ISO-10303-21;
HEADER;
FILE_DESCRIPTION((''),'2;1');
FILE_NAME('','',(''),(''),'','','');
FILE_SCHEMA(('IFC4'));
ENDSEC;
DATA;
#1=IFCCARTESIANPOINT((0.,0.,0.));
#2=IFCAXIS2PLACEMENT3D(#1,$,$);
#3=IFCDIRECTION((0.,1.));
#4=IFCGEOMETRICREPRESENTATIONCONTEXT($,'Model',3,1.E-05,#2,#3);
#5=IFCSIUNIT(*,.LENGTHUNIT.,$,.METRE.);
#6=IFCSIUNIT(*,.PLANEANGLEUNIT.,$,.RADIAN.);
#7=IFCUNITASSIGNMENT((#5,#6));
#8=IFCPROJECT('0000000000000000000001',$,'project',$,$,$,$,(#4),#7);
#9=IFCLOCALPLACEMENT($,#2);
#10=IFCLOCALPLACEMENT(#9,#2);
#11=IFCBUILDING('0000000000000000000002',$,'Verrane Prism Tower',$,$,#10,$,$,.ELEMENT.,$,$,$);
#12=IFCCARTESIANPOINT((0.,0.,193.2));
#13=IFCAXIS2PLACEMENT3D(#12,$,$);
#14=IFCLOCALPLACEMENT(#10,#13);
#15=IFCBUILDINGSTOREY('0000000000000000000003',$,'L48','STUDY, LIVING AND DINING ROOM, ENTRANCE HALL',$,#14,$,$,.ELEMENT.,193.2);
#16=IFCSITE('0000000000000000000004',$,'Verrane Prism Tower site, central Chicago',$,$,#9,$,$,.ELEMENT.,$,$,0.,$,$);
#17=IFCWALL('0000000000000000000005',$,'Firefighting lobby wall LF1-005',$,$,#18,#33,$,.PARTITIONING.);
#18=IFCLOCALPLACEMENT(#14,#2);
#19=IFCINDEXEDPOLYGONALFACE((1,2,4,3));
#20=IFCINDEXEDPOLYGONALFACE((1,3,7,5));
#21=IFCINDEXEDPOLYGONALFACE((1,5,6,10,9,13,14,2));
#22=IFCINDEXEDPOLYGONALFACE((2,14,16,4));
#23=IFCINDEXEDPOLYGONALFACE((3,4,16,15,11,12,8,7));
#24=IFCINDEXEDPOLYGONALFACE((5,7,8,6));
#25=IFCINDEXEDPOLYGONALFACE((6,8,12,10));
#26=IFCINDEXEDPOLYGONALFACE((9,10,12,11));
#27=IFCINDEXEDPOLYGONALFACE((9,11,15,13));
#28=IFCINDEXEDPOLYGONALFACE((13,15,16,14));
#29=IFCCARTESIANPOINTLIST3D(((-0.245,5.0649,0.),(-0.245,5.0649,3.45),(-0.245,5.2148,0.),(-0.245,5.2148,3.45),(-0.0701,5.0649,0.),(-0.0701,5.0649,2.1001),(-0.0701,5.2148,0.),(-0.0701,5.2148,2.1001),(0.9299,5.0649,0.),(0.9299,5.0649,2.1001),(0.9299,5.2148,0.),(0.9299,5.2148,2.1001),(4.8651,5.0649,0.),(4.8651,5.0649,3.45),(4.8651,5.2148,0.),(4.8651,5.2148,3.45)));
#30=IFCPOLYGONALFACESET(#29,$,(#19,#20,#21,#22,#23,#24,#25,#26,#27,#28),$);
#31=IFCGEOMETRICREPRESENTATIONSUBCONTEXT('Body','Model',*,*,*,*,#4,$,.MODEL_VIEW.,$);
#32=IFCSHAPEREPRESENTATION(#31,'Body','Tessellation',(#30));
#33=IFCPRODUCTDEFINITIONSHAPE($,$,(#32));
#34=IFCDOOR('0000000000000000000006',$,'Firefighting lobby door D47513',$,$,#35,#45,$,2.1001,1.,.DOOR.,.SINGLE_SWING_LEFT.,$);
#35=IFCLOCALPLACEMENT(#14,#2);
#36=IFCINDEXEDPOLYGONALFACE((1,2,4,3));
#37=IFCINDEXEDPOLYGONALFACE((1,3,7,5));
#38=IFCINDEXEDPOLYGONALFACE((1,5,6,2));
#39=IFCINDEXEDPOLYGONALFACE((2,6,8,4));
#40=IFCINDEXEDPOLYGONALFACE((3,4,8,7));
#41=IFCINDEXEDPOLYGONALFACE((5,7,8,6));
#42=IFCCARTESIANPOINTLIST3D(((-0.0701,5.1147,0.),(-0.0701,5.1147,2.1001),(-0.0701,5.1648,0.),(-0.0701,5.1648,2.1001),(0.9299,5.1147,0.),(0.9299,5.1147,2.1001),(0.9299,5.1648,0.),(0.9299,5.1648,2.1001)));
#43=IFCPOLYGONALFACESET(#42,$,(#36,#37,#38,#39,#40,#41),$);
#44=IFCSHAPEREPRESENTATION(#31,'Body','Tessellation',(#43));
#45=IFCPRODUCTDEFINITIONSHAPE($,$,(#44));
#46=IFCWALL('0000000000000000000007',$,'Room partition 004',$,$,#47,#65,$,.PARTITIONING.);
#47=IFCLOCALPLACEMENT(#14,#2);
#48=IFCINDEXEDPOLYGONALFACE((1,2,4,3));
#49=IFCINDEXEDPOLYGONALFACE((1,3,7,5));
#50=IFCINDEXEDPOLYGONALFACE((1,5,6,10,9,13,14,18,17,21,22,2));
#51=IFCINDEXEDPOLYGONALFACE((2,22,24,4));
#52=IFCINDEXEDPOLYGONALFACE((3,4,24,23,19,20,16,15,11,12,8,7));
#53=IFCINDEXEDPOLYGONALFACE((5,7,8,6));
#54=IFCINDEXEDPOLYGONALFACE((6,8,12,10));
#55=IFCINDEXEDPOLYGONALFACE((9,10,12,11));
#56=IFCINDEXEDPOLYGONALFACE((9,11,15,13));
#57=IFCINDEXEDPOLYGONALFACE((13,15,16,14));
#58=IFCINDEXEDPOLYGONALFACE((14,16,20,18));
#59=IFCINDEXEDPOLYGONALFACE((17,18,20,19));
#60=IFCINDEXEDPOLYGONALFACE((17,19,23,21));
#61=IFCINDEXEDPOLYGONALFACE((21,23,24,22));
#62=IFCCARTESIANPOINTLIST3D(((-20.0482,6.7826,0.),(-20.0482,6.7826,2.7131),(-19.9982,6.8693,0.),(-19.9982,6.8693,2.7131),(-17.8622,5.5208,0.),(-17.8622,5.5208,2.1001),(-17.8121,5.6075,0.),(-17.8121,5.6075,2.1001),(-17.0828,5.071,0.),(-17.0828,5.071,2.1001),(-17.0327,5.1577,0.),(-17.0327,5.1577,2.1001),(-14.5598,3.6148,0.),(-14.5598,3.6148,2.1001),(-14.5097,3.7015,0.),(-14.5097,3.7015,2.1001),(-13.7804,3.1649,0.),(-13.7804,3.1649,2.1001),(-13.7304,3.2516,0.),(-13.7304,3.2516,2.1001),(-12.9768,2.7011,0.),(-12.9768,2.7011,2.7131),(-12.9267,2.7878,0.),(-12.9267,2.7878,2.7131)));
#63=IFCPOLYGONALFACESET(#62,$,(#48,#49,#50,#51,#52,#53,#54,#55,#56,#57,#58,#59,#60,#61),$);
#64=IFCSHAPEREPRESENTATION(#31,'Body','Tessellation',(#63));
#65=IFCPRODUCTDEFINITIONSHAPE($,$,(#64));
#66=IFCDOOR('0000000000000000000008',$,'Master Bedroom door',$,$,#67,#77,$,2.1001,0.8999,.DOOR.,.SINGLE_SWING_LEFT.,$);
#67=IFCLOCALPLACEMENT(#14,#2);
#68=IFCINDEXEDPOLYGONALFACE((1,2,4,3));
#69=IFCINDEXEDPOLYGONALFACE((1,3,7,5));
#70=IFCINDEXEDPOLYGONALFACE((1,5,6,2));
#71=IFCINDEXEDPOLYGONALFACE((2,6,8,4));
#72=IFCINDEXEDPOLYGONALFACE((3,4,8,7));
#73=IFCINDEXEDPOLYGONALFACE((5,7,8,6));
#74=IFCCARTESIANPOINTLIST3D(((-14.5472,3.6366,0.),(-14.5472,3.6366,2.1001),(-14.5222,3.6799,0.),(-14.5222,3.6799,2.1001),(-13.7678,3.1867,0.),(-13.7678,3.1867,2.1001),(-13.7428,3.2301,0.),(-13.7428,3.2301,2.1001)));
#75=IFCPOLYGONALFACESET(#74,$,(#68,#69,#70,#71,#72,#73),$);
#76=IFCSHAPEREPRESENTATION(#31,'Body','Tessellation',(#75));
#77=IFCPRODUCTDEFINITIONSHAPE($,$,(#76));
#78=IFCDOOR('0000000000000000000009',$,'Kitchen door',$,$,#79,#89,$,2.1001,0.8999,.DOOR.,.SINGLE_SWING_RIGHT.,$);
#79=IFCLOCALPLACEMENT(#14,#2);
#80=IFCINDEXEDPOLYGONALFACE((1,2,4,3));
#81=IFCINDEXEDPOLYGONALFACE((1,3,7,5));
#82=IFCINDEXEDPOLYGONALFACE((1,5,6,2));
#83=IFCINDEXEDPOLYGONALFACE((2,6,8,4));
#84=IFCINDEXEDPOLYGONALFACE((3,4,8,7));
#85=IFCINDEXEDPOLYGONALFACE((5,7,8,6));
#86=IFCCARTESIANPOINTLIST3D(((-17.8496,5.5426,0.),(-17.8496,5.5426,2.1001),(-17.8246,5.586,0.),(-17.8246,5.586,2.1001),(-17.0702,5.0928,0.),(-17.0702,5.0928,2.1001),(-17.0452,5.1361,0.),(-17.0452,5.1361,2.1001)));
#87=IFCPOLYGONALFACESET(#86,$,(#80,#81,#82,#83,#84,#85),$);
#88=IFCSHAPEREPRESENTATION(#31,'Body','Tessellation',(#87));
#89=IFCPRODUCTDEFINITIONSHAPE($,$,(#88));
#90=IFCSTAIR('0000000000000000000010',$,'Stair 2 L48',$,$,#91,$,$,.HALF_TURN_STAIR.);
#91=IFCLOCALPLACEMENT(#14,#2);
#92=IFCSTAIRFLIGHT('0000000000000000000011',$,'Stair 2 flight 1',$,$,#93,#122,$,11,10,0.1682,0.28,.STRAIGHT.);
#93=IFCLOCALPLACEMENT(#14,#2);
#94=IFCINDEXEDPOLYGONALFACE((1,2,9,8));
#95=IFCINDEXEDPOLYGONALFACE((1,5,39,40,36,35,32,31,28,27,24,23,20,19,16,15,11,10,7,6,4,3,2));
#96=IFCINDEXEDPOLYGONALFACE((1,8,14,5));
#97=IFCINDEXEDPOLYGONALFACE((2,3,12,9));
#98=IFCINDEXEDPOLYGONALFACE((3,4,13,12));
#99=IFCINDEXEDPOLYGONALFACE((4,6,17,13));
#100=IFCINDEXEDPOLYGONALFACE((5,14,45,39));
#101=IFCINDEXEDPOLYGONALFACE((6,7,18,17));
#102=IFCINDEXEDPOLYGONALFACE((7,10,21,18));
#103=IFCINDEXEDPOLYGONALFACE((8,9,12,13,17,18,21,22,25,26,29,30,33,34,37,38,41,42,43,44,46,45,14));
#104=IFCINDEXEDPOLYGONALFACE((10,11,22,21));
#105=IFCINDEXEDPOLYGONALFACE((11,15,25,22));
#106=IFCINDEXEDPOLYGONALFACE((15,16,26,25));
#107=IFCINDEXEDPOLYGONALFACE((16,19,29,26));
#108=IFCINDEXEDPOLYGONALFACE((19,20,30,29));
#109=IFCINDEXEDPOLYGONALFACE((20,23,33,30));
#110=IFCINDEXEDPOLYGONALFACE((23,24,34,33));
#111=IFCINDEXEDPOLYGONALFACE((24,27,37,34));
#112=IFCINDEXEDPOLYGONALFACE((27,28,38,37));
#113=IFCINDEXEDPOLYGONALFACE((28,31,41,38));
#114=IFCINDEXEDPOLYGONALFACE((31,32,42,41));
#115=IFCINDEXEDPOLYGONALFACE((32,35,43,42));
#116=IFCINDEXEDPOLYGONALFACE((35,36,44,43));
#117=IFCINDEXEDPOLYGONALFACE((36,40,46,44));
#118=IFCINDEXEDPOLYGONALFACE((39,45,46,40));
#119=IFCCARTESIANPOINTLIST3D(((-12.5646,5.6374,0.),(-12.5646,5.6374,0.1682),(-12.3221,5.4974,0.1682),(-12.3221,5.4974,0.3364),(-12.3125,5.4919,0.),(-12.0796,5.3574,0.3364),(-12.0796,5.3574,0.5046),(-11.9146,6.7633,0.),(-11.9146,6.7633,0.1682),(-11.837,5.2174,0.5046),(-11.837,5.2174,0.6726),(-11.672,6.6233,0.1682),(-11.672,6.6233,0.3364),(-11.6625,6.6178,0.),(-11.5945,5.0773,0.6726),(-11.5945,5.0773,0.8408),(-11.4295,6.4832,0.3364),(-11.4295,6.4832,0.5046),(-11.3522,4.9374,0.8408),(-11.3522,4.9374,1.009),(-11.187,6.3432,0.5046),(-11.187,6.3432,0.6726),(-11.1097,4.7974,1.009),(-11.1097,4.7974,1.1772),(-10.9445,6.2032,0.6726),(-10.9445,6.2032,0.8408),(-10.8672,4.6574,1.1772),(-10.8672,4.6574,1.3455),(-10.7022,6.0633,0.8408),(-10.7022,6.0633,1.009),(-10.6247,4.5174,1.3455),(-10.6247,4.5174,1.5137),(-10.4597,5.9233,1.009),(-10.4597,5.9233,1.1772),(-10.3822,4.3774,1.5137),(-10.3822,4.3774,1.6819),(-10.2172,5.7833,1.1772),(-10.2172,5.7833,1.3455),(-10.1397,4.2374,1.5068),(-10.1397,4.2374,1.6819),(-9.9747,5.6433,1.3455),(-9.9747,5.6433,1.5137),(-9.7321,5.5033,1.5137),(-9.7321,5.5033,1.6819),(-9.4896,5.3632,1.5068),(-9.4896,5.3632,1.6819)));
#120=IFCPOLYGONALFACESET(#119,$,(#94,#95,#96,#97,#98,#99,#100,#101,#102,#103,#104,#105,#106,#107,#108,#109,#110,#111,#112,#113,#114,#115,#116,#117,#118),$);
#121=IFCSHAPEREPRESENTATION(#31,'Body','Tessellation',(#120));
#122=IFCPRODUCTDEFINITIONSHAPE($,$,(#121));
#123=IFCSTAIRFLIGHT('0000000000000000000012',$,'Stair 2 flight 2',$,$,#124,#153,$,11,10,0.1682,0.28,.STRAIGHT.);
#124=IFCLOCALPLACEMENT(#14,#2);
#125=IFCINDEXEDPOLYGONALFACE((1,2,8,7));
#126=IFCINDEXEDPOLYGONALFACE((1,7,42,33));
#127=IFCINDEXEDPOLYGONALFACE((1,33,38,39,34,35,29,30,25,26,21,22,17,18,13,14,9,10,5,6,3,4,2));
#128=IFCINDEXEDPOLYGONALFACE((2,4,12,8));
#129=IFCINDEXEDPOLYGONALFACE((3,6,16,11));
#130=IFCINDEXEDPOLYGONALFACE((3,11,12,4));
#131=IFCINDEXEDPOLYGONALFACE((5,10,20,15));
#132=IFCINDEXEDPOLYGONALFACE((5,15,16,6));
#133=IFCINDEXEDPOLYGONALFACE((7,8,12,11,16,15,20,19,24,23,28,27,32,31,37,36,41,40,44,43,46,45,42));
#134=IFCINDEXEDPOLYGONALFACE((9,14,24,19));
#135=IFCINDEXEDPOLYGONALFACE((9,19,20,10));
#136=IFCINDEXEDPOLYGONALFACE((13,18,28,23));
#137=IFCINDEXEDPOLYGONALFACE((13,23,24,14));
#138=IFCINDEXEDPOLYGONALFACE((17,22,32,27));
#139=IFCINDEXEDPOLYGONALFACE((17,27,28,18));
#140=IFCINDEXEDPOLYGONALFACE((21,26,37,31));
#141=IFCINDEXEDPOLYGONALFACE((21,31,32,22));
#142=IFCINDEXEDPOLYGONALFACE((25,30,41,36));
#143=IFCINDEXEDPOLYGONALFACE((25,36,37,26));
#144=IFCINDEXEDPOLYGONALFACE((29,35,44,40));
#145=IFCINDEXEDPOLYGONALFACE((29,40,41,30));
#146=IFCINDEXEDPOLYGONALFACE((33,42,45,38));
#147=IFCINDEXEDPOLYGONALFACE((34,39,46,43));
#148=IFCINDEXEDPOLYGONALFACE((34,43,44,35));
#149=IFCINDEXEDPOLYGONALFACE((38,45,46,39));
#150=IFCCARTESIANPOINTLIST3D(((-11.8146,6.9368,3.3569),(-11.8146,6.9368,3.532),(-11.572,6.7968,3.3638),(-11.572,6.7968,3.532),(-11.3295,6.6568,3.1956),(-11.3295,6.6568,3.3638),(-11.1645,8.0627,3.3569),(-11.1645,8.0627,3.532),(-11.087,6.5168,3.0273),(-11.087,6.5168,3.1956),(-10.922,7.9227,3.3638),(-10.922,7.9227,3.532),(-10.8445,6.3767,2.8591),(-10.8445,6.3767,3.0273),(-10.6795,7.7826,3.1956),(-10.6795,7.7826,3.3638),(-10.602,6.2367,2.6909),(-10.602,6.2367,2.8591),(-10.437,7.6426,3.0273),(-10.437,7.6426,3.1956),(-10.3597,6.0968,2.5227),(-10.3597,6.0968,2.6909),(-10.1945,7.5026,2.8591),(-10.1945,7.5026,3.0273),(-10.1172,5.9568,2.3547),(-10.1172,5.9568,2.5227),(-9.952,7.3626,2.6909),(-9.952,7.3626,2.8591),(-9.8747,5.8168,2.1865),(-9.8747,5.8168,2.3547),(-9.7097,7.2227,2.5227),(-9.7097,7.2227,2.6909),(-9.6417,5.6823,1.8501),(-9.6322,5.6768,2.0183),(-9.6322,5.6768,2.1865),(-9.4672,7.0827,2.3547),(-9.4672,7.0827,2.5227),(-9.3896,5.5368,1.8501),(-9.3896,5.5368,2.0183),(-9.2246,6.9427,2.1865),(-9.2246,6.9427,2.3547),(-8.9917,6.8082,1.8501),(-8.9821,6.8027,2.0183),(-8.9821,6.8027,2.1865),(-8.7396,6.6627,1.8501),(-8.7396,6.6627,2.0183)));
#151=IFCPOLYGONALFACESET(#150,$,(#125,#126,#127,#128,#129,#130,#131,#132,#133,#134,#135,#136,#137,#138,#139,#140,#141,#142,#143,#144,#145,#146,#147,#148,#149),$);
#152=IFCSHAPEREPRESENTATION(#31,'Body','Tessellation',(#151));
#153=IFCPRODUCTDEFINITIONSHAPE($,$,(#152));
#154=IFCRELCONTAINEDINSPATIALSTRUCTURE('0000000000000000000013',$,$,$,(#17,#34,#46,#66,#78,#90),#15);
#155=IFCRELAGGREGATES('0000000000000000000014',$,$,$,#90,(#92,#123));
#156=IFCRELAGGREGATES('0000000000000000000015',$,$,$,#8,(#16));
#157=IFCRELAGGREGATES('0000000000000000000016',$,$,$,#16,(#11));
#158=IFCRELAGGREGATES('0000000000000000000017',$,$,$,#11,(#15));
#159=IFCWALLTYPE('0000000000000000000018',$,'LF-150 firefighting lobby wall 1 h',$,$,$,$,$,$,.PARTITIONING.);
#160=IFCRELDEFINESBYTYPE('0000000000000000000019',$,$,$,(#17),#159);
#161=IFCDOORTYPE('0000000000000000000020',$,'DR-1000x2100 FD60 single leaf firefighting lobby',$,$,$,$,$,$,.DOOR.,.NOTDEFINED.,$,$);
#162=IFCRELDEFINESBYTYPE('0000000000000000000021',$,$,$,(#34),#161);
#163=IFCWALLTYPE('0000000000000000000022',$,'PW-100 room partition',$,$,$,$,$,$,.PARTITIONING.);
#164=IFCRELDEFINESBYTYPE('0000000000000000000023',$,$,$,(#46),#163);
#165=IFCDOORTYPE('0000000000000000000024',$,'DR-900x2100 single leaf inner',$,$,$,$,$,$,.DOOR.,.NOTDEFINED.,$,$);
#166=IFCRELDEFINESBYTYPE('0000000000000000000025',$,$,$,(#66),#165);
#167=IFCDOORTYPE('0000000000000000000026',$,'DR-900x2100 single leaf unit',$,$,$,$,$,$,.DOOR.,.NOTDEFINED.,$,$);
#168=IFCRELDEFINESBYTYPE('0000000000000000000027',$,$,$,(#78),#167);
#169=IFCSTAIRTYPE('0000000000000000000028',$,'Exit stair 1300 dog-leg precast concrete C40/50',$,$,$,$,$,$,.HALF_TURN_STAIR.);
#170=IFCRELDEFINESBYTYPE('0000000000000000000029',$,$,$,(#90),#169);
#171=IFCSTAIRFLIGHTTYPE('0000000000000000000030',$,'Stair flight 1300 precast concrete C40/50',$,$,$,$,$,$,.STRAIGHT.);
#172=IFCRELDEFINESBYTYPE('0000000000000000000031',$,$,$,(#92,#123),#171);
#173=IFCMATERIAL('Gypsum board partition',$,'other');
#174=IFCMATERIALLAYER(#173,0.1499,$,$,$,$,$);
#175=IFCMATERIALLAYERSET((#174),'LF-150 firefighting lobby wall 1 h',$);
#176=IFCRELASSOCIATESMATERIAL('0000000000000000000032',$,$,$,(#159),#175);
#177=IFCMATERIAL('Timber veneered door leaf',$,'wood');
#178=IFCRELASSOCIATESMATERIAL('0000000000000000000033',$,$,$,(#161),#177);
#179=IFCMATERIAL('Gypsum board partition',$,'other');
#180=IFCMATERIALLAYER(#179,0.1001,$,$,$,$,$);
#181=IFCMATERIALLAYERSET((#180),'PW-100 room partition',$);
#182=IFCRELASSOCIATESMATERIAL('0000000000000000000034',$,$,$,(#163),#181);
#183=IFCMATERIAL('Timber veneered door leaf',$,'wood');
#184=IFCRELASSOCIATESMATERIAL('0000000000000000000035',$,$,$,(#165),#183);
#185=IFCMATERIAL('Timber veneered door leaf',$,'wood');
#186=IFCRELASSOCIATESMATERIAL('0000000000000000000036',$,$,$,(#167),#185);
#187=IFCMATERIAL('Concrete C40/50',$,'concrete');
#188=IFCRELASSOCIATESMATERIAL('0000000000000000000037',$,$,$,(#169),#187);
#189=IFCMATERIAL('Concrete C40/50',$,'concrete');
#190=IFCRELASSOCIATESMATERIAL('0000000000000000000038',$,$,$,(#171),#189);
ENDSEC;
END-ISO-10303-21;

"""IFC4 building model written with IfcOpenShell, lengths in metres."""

from ifc_helpers import new_model, si_unit, direction, frame, frame_2d, origin, place, context, subcontext, project, spatial, polyline, rectangle, outline, extrude, material, layer, layer_set, type_object, element, fill, aggregate, save


model = new_model("IFC4")

# Units and contexts
model_context = context("Model", 3, precision=1e-05, world=origin(), true_north=direction((0.0, 1.0)))
body_context = subcontext(model_context, "Body", "Model", "MODEL_VIEW")
ifc_project = project(units=[si_unit("LENGTHUNIT", "METRE"), si_unit("PLANEANGLEUNIT", "RADIAN")], contexts=[model_context])

# Site, building, storey
site_placement = place(None, origin())
site = spatial("IfcSite", under=ifc_project, at=site_placement, Name="Verrane Prism Tower site, central Chicago", CompositionType="ELEMENT", RefElevation=0.0)
building_placement = place(site_placement, origin())
building = spatial("IfcBuilding", under=site, at=building_placement, Name="Verrane Prism Tower", CompositionType="ELEMENT")
storey_placement = place(building_placement, frame((0.0, 0.0, 193.2)))
storey = spatial("IfcBuildingStorey", under=building, at=storey_placement, Name="L48", Description="STUDY, LIVING AND DINING ROOM, ENTRANCE HALL", CompositionType="ELEMENT", Elevation=193.2)

# Shared definitions
ifc_material_1 = material(Name="Gypsum board partition", Category="other")
ifc_layer_1 = layer(ifc_material_1, 0.1499)
ifc_layer_set_1 = layer_set([ifc_layer_1], Name="LF-150 firefighting lobby wall 1 h")
wall_type_1 = type_object("IfcWallType", Name="LF-150 firefighting lobby wall 1 h", PredefinedType="PARTITIONING", material=ifc_layer_set_1)

# Shared definitions
ifc_material_2 = material(Name="Timber veneered door leaf", Category="wood")
door_type_1 = type_object("IfcDoorType", Name="DR-1000x2100 FD60 single leaf firefighting lobby", OperationType="NOTDEFINED", PredefinedType="DOOR", material=ifc_material_2)

# Wall, opening, door
wall_1_placement = place(storey_placement, frame((-0.2451, 5.1399, 0.0), z_axis=(0.0, 0.0, 1.0), x_axis=(1.0, 0.0, 0.0)))
wall_1 = element("IfcWall", 1, at=wall_1_placement, inside=storey, type_object=wall_type_1, Name="Firefighting lobby wall LF1-005", PredefinedType="PARTITIONING", context=body_context, shape_type="SweptSolid", body=[
    extrude(rectangle(XDim=5.1101, YDim=0.1499, at=frame_2d((2.5552, 0.0))), origin(), (0.0, 0.0, 1.0), 3.45),
])
opening_1_placement = place(wall_1_placement, frame((0.175, 0.0, 0.0)))
opening_1 = element("IfcOpeningElement", 2, at=opening_1_placement, cuts=wall_1, PredefinedType="OPENING", context=body_context, shape_type="SweptSolid", body=[
    extrude(rectangle(XDim=1.0, YDim=2.1001, at=frame_2d((0.5, 1.05))), frame((0.0, 0.085, 0.0), z_axis=(0.0, -1.0, 0.0), x_axis=(1.0, 0.0, 0.0)), (0.0, 0.0, 1.0), 0.1699),
])
door_1_placement = place(opening_1_placement, origin())
door_1 = element("IfcDoor", 3, at=door_1_placement, inside=storey, type_object=door_type_1, Name="Firefighting lobby door D47513", OperationType="SINGLE_SWING_LEFT", OverallHeight=2.1001, OverallWidth=1.0, PredefinedType="DOOR", context=body_context, shape_type="SweptSolid", body=[
    extrude(rectangle(XDim=1.0, YDim=2.1001, at=frame_2d((0.5, 1.05))), frame((0.0, 0.0249, 0.0), z_axis=(0.0, -1.0, 0.0), x_axis=(1.0, 0.0, 0.0)), (0.0, 0.0, 1.0), 0.05),
])
fill(opening_1, door_1)

# Wall, openings, doors
ifc_material_3 = material(Name="Gypsum board partition", Category="other")
ifc_layer_2 = layer(ifc_material_3, 0.1001)
ifc_layer_set_2 = layer_set([ifc_layer_2], Name="PW-100 room partition")
wall_type_2 = type_object("IfcWallType", Name="PW-100 room partition", PredefinedType="PARTITIONING", material=ifc_layer_set_2)
wall_2_placement = place(storey_placement, frame((-12.9517, 2.7444, 0.0), z_axis=(0.0, 0.0, 1.0), x_axis=(-0.866089, 0.499889, 0.0)))
wall_2 = element("IfcWall", 4, at=wall_2_placement, inside=storey, type_object=wall_type_2, Name="Room partition 004", PredefinedType="PARTITIONING", context=body_context, shape_type="SweptSolid", body=[
    extrude(rectangle(XDim=8.1648, YDim=0.1001, at=frame_2d((4.0825, 0.0))), origin(), (0.0, 0.0, 1.0), 2.7131),
])
opening_2_placement = place(wall_2_placement, frame((4.741, 0.0, 0.0)))
opening_2 = element("IfcOpeningElement", 5, at=opening_2_placement, cuts=wall_2, PredefinedType="OPENING", context=body_context, shape_type="SweptSolid", body=[
    extrude(rectangle(XDim=0.8999, YDim=2.1001, at=frame_2d((0.45, 1.05))), frame((0.0, 0.0601, 0.0), z_axis=(0.0, -1.0, 0.0), x_axis=(1.0, 0.0, 0.0)), (0.0, 0.0, 1.0), 0.1201),
])
opening_3_placement = place(wall_2_placement, frame((0.928, 0.0, 0.0)))
opening_3 = element("IfcOpeningElement", 6, at=opening_3_placement, cuts=wall_2, PredefinedType="OPENING", context=body_context, shape_type="SweptSolid", body=[
    extrude(rectangle(XDim=0.8999, YDim=2.1001, at=frame_2d((0.45, 1.05))), frame((0.0, 0.0601, 0.0), z_axis=(0.0, -1.0, 0.0), x_axis=(1.0, 0.0, 0.0)), (0.0, 0.0, 1.0), 0.1201),
])
ifc_material_4 = material(Name="Timber veneered door leaf", Category="wood")
door_type_2 = type_object("IfcDoorType", Name="DR-900x2100 single leaf inner", OperationType="NOTDEFINED", PredefinedType="DOOR", material=ifc_material_4)
door_2_placement = place(opening_3_placement, origin())
door_2 = element("IfcDoor", 7, at=door_2_placement, inside=storey, type_object=door_type_2, Name="Master Bedroom door", OperationType="SINGLE_SWING_LEFT", OverallHeight=2.1001, OverallWidth=0.8999, PredefinedType="DOOR", context=body_context, shape_type="SweptSolid", body=[
    extrude(rectangle(XDim=0.8999, YDim=2.1001, at=frame_2d((0.45, 1.05))), frame((0.0, 0.0249, 0.0), z_axis=(0.0, -1.0, 0.0), x_axis=(1.0, 0.0, 0.0)), (0.0, 0.0, 1.0), 0.05),
])
fill(opening_3, door_2)
ifc_material_5 = material(Name="Timber veneered door leaf", Category="wood")
door_type_3 = type_object("IfcDoorType", Name="DR-900x2100 single leaf unit", OperationType="NOTDEFINED", PredefinedType="DOOR", material=ifc_material_5)
door_3_placement = place(opening_2_placement, origin())
door_3 = element("IfcDoor", 8, at=door_3_placement, inside=storey, type_object=door_type_3, Name="Kitchen door", OperationType="SINGLE_SWING_RIGHT", OverallHeight=2.1001, OverallWidth=0.8999, PredefinedType="DOOR", context=body_context, shape_type="SweptSolid", body=[
    extrude(rectangle(XDim=0.8999, YDim=2.1001, at=frame_2d((0.45, 1.05))), frame((0.0, 0.0249, 0.0), z_axis=(0.0, -1.0, 0.0), x_axis=(1.0, 0.0, 0.0)), (0.0, 0.0, 1.0), 0.05),
])
fill(opening_2, door_3)

# Stair, stair flights
ifc_material_6 = material(Name="Concrete C40/50", Category="concrete")
stair_type = type_object("IfcStairType", Name="Exit stair 1300 dog-leg precast concrete C40/50", PredefinedType="HALF_TURN_STAIR", material=ifc_material_6)
stair_placement = place(storey_placement, origin())
stair = element("IfcStair", 9, at=stair_placement, inside=storey, type_object=stair_type, Name="Stair 2 L48", PredefinedType="HALF_TURN_STAIR")
ifc_material_7 = material(Name="Concrete C40/50", Category="concrete")
stair_flight_type = type_object("IfcStairFlightType", Name="Stair flight 1300 precast concrete C40/50", PredefinedType="STRAIGHT", material=ifc_material_7)
stair_flight_1_placement = place(storey_placement, frame((-12.2395, 6.2004, 0.0), z_axis=(0.0, 0.0, 1.0), x_axis=(0.866025, -0.5, 0.0)))
stair_flight_1 = element("IfcStairFlight", 10, at=stair_flight_1_placement, type_object=stair_flight_type, Name="Stair 2 flight 1", NumberOfRisers=11, NumberOfTreads=10, PredefinedType="STRAIGHT", RiserHeight=0.1682, TreadLength=0.28, context=body_context, shape_type="SweptSolid", body=[
    extrude(outline(polyline([(0.0, 0.0), (0.0, 0.1682), (0.28, 0.1682), (0.28, 0.3364), (0.5601, 0.3364), (0.5601, 0.5046), (0.8401, 0.5046), (0.8401, 0.6726), (1.1201, 0.6726), (1.1201, 0.8408), (1.3999, 0.8408), (1.3999, 1.009), (1.6799, 1.009), (1.6799, 1.1772), (1.96, 1.1772), (1.96, 1.3455), (2.24, 1.3455), (2.24, 1.5137), (2.52, 1.5137), (2.52, 1.6819), (2.8, 1.6819), (2.8, 1.8501), (2.8, 1.5068), (0.291, 0.0), (0.0, 0.0)])), frame((0.0, 0.6499, 0.0), z_axis=(0.0, -1.0, 0.0), x_axis=(1.0, 0.0, 0.0)), (0.0, 0.0, 1.0), 1.3),
])
stair_flight_2_placement = place(storey_placement, frame((-9.0647, 6.0996, 1.8501), z_axis=(0.0, 0.0, 1.0), x_axis=(-0.866025, 0.5, 0.0)))
stair_flight_2 = element("IfcStairFlight", 11, at=stair_flight_2_placement, type_object=stair_flight_type, Name="Stair 2 flight 2", NumberOfRisers=11, NumberOfTreads=10, PredefinedType="STRAIGHT", RiserHeight=0.1682, TreadLength=0.28, context=body_context, shape_type="SweptSolid", body=[
    extrude(outline(polyline([(0.0, 0.0), (0.0, 0.1682), (0.28, 0.1682), (0.28, 0.3364), (0.5601, 0.3364), (0.5601, 0.5046), (0.8401, 0.5046), (0.8401, 0.6726), (1.1201, 0.6726), (1.1201, 0.8408), (1.3999, 0.8408), (1.3999, 1.009), (1.6799, 1.009), (1.6799, 1.1772), (1.96, 1.1772), (1.96, 1.3455), (2.24, 1.3455), (2.24, 1.5137), (2.52, 1.5137), (2.52, 1.6819), (2.8, 1.6819), (2.8, 1.8501), (2.8, 1.5068), (0.291, 0.0), (0.0, 0.0)])), frame((0.0, 0.6499, 0.0), z_axis=(0.0, -1.0, 0.0), x_axis=(1.0, 0.0, 0.0)), (0.0, 0.0, 1.0), 1.3),
])
aggregate(stair, [stair_flight_1, stair_flight_2])

save(model, "model.ifc")
